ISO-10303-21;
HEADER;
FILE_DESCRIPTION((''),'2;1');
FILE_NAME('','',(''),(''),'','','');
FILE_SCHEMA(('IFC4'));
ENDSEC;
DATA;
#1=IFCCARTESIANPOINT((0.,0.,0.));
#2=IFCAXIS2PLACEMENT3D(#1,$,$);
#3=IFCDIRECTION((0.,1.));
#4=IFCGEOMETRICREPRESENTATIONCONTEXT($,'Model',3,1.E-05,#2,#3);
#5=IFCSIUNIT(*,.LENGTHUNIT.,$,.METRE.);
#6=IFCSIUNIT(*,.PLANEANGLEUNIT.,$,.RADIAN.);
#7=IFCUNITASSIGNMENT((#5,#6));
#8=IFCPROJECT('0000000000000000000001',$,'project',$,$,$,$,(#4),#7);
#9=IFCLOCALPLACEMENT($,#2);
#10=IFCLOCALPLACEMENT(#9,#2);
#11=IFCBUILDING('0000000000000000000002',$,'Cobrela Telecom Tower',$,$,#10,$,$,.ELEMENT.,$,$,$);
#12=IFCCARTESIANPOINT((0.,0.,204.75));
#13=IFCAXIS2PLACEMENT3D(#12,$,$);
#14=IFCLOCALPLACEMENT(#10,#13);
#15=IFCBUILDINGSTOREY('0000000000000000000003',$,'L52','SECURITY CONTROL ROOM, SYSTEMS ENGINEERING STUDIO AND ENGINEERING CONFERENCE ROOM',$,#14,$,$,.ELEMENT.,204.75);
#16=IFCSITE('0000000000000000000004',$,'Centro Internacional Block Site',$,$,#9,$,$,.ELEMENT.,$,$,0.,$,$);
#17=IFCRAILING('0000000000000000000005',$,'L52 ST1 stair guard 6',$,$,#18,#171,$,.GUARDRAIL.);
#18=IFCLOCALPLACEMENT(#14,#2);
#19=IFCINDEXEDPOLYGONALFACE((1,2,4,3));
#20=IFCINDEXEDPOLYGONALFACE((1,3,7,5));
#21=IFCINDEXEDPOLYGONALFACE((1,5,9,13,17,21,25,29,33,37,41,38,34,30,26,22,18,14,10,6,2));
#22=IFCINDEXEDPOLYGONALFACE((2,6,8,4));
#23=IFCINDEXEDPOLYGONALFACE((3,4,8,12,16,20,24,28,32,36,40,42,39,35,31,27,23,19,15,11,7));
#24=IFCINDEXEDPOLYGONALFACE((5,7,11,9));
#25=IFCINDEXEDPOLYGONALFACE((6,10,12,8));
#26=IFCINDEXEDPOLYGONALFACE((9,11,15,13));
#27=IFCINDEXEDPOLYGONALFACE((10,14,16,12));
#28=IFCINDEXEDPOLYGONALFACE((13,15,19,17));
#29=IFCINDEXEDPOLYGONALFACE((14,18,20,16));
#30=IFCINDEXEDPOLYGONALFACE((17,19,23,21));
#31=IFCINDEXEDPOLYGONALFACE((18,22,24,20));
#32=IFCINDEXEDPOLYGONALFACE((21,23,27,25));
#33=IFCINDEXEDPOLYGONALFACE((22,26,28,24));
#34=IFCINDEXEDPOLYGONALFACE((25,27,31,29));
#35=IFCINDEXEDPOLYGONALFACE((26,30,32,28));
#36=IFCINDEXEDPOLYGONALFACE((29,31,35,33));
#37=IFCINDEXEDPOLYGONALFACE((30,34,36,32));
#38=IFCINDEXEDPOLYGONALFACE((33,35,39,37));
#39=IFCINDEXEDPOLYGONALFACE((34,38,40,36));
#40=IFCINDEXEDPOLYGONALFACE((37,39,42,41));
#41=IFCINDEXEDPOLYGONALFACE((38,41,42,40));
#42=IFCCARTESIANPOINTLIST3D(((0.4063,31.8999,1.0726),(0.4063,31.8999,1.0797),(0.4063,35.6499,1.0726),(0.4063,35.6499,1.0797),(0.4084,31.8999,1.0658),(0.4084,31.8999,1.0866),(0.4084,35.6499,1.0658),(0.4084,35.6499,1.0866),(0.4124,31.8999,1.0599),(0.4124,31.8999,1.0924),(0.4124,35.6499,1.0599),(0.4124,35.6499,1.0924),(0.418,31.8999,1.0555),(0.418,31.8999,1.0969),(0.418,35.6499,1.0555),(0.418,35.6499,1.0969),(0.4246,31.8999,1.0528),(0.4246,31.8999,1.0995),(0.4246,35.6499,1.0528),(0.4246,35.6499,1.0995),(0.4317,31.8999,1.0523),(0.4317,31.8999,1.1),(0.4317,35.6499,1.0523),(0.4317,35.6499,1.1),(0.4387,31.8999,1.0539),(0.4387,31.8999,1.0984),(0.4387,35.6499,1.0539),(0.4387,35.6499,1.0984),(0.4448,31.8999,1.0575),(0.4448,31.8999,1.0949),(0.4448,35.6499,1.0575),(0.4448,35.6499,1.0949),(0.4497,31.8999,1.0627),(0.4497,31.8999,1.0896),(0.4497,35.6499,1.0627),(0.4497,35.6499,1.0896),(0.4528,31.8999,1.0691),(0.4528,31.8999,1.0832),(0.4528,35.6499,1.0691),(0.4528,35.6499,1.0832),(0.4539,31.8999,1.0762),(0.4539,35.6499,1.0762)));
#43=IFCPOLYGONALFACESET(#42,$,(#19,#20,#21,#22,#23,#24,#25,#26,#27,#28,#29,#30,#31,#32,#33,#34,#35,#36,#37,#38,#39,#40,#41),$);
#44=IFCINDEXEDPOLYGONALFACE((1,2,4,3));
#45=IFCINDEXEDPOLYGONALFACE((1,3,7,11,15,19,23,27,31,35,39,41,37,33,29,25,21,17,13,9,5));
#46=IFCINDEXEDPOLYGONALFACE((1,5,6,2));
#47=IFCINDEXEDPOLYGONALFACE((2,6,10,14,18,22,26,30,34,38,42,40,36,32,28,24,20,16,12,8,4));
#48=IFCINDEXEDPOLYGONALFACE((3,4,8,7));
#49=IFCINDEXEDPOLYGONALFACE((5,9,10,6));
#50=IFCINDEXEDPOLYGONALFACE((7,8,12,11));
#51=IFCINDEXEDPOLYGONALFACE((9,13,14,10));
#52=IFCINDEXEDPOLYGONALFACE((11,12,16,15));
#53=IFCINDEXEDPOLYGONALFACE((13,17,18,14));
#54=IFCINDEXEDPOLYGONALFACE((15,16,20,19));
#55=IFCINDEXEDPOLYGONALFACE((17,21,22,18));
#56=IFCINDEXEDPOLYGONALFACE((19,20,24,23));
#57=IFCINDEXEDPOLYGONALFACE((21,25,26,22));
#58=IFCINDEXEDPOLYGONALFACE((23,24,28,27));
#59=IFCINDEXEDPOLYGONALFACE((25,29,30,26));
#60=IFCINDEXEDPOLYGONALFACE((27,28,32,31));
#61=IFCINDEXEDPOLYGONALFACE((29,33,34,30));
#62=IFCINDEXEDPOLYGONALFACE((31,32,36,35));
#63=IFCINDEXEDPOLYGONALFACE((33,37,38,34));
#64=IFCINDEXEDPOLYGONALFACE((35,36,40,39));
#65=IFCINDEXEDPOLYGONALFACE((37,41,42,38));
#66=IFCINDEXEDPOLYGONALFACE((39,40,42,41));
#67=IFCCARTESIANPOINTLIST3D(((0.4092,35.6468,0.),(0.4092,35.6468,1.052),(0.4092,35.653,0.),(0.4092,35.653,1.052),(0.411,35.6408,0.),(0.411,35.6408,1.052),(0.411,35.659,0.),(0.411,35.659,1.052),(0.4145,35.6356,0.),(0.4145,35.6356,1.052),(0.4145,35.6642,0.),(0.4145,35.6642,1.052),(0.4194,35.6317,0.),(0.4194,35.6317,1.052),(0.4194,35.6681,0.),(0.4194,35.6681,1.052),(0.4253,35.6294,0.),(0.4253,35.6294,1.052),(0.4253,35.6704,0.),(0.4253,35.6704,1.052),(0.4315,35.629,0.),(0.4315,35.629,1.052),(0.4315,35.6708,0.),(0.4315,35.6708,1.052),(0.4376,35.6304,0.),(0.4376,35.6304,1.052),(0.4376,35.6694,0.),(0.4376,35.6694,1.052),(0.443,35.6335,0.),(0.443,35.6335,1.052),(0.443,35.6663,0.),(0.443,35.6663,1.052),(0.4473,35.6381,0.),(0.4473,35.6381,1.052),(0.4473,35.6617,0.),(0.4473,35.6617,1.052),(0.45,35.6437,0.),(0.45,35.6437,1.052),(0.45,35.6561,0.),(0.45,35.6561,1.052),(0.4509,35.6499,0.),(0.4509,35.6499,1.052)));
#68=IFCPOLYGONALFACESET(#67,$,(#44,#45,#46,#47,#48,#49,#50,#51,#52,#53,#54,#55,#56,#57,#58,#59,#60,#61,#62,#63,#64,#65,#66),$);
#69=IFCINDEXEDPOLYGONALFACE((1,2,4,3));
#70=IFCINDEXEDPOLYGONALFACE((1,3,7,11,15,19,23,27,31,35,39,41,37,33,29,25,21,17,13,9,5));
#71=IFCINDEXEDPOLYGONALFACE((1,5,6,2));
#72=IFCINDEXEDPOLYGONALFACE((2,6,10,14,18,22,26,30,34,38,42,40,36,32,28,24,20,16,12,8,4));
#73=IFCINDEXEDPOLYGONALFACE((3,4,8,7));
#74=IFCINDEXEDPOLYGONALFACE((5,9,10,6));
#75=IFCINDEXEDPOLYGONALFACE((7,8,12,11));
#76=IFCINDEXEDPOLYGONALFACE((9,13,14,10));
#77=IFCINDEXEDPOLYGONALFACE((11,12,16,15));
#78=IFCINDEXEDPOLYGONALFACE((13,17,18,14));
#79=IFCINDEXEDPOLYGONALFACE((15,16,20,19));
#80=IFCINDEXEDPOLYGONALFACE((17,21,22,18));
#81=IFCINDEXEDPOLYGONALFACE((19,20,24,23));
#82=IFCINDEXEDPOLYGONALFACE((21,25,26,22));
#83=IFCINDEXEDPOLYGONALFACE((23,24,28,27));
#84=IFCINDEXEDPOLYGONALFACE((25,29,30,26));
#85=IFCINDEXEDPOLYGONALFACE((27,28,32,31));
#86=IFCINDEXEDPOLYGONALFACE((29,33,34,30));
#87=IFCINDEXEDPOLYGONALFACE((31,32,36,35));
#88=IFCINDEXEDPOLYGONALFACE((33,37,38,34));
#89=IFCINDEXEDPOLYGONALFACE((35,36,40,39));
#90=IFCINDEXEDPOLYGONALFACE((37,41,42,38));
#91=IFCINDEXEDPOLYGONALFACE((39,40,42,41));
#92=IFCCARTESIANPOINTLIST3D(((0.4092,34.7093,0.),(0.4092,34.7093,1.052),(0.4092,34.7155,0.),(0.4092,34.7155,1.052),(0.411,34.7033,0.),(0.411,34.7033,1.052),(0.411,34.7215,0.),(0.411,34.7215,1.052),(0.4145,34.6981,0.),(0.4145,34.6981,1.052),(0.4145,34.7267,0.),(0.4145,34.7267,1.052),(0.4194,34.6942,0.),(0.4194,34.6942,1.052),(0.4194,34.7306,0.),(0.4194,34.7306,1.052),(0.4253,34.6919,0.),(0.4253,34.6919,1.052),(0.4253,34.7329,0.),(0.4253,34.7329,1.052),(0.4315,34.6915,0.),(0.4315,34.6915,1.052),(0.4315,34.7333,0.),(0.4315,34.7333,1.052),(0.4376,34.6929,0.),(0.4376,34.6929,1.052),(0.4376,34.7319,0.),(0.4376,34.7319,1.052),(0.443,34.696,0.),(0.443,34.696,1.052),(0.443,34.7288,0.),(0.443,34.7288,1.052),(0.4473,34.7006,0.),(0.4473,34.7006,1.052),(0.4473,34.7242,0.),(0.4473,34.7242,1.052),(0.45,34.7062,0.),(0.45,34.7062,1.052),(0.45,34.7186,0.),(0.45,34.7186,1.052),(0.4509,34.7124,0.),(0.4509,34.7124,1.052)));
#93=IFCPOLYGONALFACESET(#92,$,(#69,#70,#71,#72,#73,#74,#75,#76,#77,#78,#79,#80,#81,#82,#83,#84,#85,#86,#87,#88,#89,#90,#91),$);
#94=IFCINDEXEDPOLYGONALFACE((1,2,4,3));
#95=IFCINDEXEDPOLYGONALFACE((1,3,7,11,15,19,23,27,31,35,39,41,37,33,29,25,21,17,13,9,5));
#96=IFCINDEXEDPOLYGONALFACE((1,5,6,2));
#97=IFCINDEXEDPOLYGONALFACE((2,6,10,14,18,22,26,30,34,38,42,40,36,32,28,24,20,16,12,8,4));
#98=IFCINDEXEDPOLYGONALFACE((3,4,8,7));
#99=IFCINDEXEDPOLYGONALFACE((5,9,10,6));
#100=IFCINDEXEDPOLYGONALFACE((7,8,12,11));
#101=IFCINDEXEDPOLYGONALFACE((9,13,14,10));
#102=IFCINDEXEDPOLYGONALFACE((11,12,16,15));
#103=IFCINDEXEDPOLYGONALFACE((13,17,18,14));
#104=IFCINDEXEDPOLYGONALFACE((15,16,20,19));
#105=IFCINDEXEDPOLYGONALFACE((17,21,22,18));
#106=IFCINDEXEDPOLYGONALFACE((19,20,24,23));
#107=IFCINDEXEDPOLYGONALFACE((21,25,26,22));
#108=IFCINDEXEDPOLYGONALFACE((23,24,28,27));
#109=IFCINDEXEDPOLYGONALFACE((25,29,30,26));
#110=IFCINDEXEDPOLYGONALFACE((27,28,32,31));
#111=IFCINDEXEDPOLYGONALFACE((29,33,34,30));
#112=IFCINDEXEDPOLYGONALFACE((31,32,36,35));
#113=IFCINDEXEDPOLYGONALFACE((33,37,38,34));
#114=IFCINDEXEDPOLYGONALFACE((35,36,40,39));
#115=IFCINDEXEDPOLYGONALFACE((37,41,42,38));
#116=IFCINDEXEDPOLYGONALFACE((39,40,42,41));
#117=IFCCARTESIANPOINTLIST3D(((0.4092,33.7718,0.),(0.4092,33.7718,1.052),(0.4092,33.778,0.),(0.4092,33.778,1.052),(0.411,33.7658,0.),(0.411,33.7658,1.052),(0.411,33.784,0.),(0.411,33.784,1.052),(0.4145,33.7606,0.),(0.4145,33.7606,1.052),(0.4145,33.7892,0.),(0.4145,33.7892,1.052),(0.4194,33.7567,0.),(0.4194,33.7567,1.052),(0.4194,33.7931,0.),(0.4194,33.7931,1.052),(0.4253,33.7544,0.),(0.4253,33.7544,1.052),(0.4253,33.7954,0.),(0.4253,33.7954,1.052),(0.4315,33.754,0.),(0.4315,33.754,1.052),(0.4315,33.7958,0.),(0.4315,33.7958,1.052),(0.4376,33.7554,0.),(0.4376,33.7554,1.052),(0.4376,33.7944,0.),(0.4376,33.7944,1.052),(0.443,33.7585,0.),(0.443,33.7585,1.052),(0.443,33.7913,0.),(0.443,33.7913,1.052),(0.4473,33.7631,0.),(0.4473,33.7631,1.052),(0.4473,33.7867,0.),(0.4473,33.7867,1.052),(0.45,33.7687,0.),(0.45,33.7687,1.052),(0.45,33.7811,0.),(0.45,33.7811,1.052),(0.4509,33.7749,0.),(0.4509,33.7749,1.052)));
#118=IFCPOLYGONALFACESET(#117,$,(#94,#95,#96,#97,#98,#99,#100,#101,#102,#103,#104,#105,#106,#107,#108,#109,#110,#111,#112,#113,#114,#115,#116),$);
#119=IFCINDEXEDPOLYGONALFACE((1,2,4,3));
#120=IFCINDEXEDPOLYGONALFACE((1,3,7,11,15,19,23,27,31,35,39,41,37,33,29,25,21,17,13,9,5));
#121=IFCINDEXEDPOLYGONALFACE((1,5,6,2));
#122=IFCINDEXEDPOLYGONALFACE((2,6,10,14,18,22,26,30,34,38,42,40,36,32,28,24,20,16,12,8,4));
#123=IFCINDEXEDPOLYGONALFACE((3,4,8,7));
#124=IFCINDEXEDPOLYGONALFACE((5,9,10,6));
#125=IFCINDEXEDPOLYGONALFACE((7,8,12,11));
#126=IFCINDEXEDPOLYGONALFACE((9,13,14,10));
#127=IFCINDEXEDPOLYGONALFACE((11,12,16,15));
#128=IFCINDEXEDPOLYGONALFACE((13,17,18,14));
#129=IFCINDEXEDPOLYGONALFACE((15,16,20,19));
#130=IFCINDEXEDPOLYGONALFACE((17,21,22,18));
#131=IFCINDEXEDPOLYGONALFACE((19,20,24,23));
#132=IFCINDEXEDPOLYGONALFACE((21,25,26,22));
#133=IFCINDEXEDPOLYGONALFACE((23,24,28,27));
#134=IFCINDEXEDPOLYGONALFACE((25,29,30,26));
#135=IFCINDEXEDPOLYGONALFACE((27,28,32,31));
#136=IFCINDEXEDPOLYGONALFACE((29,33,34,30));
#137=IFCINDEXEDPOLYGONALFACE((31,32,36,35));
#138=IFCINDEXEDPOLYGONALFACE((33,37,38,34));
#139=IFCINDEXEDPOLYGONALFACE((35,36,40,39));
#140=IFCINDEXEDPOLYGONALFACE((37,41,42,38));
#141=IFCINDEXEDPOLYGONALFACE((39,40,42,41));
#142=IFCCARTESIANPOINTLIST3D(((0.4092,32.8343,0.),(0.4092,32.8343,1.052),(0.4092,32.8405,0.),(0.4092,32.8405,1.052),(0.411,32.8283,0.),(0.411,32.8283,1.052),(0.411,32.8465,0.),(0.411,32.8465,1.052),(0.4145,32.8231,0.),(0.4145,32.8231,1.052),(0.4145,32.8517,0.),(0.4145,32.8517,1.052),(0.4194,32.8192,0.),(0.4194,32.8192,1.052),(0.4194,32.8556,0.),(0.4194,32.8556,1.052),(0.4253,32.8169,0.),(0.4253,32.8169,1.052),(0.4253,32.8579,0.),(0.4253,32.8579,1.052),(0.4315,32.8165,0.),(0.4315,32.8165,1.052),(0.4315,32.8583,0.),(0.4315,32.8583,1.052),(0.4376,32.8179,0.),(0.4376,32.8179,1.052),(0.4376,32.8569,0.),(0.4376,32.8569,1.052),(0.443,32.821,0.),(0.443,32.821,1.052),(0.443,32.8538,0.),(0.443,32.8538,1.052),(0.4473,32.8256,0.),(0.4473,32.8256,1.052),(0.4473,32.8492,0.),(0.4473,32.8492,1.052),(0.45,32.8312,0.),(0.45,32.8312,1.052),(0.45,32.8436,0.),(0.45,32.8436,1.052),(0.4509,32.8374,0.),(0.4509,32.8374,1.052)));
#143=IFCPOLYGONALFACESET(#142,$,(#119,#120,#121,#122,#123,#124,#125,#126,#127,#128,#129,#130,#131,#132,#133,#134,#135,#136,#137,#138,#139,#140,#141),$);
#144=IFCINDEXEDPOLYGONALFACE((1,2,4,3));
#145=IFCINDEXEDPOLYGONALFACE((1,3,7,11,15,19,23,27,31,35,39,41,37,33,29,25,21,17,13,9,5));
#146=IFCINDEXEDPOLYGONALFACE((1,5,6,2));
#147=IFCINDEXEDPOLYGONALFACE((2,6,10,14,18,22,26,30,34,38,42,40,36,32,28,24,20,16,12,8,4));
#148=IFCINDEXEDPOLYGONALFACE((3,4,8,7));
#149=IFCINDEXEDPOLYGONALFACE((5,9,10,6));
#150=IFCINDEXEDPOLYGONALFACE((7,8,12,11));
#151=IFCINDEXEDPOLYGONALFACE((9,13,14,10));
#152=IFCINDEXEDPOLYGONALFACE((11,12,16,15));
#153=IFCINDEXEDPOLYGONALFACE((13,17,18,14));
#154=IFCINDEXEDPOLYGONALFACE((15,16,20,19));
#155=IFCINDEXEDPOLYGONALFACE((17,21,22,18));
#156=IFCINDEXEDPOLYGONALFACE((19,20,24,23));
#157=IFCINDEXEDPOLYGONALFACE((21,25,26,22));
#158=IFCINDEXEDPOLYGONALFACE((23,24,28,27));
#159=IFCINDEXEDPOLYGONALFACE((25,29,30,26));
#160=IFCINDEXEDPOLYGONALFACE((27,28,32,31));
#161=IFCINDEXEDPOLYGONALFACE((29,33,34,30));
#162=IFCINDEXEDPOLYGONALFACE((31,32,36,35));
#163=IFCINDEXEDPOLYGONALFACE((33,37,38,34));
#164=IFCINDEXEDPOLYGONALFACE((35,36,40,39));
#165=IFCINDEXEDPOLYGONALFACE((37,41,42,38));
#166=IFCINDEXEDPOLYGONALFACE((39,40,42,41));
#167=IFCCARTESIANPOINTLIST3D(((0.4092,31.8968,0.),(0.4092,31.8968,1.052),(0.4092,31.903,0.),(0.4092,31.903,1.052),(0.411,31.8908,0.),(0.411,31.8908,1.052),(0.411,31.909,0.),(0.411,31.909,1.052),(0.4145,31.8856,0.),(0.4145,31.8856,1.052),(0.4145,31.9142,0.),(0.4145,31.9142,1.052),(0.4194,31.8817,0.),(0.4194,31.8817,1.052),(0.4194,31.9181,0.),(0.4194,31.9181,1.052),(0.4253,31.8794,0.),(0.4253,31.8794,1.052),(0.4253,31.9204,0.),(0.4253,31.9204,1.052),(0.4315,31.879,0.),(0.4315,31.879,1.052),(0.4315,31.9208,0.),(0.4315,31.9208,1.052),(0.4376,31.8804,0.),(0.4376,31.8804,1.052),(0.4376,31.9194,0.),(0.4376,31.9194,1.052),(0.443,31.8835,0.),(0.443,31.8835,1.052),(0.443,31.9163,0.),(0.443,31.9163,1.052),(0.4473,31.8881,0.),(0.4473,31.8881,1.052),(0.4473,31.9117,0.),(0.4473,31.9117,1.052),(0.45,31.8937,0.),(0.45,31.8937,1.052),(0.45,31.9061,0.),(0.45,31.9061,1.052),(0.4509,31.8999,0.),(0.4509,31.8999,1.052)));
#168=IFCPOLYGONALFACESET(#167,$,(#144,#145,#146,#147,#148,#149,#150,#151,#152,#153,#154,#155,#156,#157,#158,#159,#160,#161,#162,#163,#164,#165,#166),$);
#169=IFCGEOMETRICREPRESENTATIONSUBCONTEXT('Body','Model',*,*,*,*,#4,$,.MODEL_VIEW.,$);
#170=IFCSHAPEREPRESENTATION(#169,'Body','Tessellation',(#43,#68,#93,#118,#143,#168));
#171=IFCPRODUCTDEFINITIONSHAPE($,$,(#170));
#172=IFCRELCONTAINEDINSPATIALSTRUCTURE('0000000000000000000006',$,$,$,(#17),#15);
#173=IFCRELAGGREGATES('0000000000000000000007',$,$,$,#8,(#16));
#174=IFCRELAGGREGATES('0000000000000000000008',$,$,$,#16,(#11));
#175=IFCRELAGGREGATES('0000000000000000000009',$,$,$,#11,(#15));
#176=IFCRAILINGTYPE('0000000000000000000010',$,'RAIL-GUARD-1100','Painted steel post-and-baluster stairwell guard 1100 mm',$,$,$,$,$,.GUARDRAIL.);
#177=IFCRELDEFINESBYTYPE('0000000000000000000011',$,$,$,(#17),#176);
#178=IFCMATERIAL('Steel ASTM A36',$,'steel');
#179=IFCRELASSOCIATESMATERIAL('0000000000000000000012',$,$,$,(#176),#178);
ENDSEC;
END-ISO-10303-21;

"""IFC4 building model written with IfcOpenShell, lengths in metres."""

from ifc_helpers import new_model, si_unit, direction, frame, origin, origin_2d, place, context, subcontext, project, spatial, circle, extrude, material, type_object, element, save


model = new_model("IFC4")

# Units and contexts
model_context = context("Model", 3, precision=1e-05, world=origin(), true_north=direction((0.0, 1.0)))
body_context = subcontext(model_context, "Body", "Model", "MODEL_VIEW")
ifc_project = project(units=[si_unit("LENGTHUNIT", "METRE"), si_unit("PLANEANGLEUNIT", "RADIAN")], contexts=[model_context])

# Site, building, storey
site_placement = place(None, origin())
site = spatial("IfcSite", under=ifc_project, at=site_placement, Name="Centro Internacional Block Site", CompositionType="ELEMENT", RefElevation=0.0)
building_placement = place(site_placement, origin())
building = spatial("IfcBuilding", under=site, at=building_placement, Name="Cobrela Telecom Tower", CompositionType="ELEMENT")
storey_placement = place(building_placement, frame((0.0, 0.0, 204.75)))
storey = spatial("IfcBuildingStorey", under=building, at=storey_placement, Name="L52", Description="SECURITY CONTROL ROOM, SYSTEMS ENGINEERING STUDIO AND ENGINEERING CONFERENCE ROOM", CompositionType="ELEMENT", Elevation=204.75)

# Shared definitions
ifc_material_1 = material(Name="Steel ASTM A36", Category="steel")

# Railing
railing_type_1 = type_object("IfcRailingType", Name="RAIL-GUARD-1100", Description="Painted steel post-and-baluster stairwell guard 1100 mm", PredefinedType="GUARDRAIL", material=ifc_material_1)
railing_1_placement = place(storey_placement, frame((0.4299, 35.6499, 0.0)))
element("IfcRailing", 1, at=railing_1_placement, inside=storey, type_object=railing_type_1, Name="L52 ST1 stair guard 6", PredefinedType="GUARDRAIL", context=body_context, shape_type="SweptSolid", body=[
    extrude(circle(Radius=0.0239, at=origin_2d()), frame((0.0, 0.0, 1.0762), z_axis=(0.0, -1.0, 0.0), x_axis=(1.0, 0.0, 0.0)), (0.0, 0.0, 1.0), 3.75),
    extrude(circle(Radius=0.021, at=origin_2d()), origin(), (0.0, 0.0, 1.0), 1.052),
    extrude(circle(Radius=0.021, at=origin_2d()), frame((0.0, -0.9375, 0.0)), (0.0, 0.0, 1.0), 1.052),
    extrude(circle(Radius=0.021, at=origin_2d()), frame((0.0, -1.875, 0.0)), (0.0, 0.0, 1.0), 1.052),
    extrude(circle(Radius=0.021, at=origin_2d()), frame((0.0, -2.8125, 0.0)), (0.0, 0.0, 1.0), 1.052),
    extrude(circle(Radius=0.021, at=origin_2d()), frame((0.0, -3.75, 0.0)), (0.0, 0.0, 1.0), 1.052),
])

save(model, "model.ifc")
